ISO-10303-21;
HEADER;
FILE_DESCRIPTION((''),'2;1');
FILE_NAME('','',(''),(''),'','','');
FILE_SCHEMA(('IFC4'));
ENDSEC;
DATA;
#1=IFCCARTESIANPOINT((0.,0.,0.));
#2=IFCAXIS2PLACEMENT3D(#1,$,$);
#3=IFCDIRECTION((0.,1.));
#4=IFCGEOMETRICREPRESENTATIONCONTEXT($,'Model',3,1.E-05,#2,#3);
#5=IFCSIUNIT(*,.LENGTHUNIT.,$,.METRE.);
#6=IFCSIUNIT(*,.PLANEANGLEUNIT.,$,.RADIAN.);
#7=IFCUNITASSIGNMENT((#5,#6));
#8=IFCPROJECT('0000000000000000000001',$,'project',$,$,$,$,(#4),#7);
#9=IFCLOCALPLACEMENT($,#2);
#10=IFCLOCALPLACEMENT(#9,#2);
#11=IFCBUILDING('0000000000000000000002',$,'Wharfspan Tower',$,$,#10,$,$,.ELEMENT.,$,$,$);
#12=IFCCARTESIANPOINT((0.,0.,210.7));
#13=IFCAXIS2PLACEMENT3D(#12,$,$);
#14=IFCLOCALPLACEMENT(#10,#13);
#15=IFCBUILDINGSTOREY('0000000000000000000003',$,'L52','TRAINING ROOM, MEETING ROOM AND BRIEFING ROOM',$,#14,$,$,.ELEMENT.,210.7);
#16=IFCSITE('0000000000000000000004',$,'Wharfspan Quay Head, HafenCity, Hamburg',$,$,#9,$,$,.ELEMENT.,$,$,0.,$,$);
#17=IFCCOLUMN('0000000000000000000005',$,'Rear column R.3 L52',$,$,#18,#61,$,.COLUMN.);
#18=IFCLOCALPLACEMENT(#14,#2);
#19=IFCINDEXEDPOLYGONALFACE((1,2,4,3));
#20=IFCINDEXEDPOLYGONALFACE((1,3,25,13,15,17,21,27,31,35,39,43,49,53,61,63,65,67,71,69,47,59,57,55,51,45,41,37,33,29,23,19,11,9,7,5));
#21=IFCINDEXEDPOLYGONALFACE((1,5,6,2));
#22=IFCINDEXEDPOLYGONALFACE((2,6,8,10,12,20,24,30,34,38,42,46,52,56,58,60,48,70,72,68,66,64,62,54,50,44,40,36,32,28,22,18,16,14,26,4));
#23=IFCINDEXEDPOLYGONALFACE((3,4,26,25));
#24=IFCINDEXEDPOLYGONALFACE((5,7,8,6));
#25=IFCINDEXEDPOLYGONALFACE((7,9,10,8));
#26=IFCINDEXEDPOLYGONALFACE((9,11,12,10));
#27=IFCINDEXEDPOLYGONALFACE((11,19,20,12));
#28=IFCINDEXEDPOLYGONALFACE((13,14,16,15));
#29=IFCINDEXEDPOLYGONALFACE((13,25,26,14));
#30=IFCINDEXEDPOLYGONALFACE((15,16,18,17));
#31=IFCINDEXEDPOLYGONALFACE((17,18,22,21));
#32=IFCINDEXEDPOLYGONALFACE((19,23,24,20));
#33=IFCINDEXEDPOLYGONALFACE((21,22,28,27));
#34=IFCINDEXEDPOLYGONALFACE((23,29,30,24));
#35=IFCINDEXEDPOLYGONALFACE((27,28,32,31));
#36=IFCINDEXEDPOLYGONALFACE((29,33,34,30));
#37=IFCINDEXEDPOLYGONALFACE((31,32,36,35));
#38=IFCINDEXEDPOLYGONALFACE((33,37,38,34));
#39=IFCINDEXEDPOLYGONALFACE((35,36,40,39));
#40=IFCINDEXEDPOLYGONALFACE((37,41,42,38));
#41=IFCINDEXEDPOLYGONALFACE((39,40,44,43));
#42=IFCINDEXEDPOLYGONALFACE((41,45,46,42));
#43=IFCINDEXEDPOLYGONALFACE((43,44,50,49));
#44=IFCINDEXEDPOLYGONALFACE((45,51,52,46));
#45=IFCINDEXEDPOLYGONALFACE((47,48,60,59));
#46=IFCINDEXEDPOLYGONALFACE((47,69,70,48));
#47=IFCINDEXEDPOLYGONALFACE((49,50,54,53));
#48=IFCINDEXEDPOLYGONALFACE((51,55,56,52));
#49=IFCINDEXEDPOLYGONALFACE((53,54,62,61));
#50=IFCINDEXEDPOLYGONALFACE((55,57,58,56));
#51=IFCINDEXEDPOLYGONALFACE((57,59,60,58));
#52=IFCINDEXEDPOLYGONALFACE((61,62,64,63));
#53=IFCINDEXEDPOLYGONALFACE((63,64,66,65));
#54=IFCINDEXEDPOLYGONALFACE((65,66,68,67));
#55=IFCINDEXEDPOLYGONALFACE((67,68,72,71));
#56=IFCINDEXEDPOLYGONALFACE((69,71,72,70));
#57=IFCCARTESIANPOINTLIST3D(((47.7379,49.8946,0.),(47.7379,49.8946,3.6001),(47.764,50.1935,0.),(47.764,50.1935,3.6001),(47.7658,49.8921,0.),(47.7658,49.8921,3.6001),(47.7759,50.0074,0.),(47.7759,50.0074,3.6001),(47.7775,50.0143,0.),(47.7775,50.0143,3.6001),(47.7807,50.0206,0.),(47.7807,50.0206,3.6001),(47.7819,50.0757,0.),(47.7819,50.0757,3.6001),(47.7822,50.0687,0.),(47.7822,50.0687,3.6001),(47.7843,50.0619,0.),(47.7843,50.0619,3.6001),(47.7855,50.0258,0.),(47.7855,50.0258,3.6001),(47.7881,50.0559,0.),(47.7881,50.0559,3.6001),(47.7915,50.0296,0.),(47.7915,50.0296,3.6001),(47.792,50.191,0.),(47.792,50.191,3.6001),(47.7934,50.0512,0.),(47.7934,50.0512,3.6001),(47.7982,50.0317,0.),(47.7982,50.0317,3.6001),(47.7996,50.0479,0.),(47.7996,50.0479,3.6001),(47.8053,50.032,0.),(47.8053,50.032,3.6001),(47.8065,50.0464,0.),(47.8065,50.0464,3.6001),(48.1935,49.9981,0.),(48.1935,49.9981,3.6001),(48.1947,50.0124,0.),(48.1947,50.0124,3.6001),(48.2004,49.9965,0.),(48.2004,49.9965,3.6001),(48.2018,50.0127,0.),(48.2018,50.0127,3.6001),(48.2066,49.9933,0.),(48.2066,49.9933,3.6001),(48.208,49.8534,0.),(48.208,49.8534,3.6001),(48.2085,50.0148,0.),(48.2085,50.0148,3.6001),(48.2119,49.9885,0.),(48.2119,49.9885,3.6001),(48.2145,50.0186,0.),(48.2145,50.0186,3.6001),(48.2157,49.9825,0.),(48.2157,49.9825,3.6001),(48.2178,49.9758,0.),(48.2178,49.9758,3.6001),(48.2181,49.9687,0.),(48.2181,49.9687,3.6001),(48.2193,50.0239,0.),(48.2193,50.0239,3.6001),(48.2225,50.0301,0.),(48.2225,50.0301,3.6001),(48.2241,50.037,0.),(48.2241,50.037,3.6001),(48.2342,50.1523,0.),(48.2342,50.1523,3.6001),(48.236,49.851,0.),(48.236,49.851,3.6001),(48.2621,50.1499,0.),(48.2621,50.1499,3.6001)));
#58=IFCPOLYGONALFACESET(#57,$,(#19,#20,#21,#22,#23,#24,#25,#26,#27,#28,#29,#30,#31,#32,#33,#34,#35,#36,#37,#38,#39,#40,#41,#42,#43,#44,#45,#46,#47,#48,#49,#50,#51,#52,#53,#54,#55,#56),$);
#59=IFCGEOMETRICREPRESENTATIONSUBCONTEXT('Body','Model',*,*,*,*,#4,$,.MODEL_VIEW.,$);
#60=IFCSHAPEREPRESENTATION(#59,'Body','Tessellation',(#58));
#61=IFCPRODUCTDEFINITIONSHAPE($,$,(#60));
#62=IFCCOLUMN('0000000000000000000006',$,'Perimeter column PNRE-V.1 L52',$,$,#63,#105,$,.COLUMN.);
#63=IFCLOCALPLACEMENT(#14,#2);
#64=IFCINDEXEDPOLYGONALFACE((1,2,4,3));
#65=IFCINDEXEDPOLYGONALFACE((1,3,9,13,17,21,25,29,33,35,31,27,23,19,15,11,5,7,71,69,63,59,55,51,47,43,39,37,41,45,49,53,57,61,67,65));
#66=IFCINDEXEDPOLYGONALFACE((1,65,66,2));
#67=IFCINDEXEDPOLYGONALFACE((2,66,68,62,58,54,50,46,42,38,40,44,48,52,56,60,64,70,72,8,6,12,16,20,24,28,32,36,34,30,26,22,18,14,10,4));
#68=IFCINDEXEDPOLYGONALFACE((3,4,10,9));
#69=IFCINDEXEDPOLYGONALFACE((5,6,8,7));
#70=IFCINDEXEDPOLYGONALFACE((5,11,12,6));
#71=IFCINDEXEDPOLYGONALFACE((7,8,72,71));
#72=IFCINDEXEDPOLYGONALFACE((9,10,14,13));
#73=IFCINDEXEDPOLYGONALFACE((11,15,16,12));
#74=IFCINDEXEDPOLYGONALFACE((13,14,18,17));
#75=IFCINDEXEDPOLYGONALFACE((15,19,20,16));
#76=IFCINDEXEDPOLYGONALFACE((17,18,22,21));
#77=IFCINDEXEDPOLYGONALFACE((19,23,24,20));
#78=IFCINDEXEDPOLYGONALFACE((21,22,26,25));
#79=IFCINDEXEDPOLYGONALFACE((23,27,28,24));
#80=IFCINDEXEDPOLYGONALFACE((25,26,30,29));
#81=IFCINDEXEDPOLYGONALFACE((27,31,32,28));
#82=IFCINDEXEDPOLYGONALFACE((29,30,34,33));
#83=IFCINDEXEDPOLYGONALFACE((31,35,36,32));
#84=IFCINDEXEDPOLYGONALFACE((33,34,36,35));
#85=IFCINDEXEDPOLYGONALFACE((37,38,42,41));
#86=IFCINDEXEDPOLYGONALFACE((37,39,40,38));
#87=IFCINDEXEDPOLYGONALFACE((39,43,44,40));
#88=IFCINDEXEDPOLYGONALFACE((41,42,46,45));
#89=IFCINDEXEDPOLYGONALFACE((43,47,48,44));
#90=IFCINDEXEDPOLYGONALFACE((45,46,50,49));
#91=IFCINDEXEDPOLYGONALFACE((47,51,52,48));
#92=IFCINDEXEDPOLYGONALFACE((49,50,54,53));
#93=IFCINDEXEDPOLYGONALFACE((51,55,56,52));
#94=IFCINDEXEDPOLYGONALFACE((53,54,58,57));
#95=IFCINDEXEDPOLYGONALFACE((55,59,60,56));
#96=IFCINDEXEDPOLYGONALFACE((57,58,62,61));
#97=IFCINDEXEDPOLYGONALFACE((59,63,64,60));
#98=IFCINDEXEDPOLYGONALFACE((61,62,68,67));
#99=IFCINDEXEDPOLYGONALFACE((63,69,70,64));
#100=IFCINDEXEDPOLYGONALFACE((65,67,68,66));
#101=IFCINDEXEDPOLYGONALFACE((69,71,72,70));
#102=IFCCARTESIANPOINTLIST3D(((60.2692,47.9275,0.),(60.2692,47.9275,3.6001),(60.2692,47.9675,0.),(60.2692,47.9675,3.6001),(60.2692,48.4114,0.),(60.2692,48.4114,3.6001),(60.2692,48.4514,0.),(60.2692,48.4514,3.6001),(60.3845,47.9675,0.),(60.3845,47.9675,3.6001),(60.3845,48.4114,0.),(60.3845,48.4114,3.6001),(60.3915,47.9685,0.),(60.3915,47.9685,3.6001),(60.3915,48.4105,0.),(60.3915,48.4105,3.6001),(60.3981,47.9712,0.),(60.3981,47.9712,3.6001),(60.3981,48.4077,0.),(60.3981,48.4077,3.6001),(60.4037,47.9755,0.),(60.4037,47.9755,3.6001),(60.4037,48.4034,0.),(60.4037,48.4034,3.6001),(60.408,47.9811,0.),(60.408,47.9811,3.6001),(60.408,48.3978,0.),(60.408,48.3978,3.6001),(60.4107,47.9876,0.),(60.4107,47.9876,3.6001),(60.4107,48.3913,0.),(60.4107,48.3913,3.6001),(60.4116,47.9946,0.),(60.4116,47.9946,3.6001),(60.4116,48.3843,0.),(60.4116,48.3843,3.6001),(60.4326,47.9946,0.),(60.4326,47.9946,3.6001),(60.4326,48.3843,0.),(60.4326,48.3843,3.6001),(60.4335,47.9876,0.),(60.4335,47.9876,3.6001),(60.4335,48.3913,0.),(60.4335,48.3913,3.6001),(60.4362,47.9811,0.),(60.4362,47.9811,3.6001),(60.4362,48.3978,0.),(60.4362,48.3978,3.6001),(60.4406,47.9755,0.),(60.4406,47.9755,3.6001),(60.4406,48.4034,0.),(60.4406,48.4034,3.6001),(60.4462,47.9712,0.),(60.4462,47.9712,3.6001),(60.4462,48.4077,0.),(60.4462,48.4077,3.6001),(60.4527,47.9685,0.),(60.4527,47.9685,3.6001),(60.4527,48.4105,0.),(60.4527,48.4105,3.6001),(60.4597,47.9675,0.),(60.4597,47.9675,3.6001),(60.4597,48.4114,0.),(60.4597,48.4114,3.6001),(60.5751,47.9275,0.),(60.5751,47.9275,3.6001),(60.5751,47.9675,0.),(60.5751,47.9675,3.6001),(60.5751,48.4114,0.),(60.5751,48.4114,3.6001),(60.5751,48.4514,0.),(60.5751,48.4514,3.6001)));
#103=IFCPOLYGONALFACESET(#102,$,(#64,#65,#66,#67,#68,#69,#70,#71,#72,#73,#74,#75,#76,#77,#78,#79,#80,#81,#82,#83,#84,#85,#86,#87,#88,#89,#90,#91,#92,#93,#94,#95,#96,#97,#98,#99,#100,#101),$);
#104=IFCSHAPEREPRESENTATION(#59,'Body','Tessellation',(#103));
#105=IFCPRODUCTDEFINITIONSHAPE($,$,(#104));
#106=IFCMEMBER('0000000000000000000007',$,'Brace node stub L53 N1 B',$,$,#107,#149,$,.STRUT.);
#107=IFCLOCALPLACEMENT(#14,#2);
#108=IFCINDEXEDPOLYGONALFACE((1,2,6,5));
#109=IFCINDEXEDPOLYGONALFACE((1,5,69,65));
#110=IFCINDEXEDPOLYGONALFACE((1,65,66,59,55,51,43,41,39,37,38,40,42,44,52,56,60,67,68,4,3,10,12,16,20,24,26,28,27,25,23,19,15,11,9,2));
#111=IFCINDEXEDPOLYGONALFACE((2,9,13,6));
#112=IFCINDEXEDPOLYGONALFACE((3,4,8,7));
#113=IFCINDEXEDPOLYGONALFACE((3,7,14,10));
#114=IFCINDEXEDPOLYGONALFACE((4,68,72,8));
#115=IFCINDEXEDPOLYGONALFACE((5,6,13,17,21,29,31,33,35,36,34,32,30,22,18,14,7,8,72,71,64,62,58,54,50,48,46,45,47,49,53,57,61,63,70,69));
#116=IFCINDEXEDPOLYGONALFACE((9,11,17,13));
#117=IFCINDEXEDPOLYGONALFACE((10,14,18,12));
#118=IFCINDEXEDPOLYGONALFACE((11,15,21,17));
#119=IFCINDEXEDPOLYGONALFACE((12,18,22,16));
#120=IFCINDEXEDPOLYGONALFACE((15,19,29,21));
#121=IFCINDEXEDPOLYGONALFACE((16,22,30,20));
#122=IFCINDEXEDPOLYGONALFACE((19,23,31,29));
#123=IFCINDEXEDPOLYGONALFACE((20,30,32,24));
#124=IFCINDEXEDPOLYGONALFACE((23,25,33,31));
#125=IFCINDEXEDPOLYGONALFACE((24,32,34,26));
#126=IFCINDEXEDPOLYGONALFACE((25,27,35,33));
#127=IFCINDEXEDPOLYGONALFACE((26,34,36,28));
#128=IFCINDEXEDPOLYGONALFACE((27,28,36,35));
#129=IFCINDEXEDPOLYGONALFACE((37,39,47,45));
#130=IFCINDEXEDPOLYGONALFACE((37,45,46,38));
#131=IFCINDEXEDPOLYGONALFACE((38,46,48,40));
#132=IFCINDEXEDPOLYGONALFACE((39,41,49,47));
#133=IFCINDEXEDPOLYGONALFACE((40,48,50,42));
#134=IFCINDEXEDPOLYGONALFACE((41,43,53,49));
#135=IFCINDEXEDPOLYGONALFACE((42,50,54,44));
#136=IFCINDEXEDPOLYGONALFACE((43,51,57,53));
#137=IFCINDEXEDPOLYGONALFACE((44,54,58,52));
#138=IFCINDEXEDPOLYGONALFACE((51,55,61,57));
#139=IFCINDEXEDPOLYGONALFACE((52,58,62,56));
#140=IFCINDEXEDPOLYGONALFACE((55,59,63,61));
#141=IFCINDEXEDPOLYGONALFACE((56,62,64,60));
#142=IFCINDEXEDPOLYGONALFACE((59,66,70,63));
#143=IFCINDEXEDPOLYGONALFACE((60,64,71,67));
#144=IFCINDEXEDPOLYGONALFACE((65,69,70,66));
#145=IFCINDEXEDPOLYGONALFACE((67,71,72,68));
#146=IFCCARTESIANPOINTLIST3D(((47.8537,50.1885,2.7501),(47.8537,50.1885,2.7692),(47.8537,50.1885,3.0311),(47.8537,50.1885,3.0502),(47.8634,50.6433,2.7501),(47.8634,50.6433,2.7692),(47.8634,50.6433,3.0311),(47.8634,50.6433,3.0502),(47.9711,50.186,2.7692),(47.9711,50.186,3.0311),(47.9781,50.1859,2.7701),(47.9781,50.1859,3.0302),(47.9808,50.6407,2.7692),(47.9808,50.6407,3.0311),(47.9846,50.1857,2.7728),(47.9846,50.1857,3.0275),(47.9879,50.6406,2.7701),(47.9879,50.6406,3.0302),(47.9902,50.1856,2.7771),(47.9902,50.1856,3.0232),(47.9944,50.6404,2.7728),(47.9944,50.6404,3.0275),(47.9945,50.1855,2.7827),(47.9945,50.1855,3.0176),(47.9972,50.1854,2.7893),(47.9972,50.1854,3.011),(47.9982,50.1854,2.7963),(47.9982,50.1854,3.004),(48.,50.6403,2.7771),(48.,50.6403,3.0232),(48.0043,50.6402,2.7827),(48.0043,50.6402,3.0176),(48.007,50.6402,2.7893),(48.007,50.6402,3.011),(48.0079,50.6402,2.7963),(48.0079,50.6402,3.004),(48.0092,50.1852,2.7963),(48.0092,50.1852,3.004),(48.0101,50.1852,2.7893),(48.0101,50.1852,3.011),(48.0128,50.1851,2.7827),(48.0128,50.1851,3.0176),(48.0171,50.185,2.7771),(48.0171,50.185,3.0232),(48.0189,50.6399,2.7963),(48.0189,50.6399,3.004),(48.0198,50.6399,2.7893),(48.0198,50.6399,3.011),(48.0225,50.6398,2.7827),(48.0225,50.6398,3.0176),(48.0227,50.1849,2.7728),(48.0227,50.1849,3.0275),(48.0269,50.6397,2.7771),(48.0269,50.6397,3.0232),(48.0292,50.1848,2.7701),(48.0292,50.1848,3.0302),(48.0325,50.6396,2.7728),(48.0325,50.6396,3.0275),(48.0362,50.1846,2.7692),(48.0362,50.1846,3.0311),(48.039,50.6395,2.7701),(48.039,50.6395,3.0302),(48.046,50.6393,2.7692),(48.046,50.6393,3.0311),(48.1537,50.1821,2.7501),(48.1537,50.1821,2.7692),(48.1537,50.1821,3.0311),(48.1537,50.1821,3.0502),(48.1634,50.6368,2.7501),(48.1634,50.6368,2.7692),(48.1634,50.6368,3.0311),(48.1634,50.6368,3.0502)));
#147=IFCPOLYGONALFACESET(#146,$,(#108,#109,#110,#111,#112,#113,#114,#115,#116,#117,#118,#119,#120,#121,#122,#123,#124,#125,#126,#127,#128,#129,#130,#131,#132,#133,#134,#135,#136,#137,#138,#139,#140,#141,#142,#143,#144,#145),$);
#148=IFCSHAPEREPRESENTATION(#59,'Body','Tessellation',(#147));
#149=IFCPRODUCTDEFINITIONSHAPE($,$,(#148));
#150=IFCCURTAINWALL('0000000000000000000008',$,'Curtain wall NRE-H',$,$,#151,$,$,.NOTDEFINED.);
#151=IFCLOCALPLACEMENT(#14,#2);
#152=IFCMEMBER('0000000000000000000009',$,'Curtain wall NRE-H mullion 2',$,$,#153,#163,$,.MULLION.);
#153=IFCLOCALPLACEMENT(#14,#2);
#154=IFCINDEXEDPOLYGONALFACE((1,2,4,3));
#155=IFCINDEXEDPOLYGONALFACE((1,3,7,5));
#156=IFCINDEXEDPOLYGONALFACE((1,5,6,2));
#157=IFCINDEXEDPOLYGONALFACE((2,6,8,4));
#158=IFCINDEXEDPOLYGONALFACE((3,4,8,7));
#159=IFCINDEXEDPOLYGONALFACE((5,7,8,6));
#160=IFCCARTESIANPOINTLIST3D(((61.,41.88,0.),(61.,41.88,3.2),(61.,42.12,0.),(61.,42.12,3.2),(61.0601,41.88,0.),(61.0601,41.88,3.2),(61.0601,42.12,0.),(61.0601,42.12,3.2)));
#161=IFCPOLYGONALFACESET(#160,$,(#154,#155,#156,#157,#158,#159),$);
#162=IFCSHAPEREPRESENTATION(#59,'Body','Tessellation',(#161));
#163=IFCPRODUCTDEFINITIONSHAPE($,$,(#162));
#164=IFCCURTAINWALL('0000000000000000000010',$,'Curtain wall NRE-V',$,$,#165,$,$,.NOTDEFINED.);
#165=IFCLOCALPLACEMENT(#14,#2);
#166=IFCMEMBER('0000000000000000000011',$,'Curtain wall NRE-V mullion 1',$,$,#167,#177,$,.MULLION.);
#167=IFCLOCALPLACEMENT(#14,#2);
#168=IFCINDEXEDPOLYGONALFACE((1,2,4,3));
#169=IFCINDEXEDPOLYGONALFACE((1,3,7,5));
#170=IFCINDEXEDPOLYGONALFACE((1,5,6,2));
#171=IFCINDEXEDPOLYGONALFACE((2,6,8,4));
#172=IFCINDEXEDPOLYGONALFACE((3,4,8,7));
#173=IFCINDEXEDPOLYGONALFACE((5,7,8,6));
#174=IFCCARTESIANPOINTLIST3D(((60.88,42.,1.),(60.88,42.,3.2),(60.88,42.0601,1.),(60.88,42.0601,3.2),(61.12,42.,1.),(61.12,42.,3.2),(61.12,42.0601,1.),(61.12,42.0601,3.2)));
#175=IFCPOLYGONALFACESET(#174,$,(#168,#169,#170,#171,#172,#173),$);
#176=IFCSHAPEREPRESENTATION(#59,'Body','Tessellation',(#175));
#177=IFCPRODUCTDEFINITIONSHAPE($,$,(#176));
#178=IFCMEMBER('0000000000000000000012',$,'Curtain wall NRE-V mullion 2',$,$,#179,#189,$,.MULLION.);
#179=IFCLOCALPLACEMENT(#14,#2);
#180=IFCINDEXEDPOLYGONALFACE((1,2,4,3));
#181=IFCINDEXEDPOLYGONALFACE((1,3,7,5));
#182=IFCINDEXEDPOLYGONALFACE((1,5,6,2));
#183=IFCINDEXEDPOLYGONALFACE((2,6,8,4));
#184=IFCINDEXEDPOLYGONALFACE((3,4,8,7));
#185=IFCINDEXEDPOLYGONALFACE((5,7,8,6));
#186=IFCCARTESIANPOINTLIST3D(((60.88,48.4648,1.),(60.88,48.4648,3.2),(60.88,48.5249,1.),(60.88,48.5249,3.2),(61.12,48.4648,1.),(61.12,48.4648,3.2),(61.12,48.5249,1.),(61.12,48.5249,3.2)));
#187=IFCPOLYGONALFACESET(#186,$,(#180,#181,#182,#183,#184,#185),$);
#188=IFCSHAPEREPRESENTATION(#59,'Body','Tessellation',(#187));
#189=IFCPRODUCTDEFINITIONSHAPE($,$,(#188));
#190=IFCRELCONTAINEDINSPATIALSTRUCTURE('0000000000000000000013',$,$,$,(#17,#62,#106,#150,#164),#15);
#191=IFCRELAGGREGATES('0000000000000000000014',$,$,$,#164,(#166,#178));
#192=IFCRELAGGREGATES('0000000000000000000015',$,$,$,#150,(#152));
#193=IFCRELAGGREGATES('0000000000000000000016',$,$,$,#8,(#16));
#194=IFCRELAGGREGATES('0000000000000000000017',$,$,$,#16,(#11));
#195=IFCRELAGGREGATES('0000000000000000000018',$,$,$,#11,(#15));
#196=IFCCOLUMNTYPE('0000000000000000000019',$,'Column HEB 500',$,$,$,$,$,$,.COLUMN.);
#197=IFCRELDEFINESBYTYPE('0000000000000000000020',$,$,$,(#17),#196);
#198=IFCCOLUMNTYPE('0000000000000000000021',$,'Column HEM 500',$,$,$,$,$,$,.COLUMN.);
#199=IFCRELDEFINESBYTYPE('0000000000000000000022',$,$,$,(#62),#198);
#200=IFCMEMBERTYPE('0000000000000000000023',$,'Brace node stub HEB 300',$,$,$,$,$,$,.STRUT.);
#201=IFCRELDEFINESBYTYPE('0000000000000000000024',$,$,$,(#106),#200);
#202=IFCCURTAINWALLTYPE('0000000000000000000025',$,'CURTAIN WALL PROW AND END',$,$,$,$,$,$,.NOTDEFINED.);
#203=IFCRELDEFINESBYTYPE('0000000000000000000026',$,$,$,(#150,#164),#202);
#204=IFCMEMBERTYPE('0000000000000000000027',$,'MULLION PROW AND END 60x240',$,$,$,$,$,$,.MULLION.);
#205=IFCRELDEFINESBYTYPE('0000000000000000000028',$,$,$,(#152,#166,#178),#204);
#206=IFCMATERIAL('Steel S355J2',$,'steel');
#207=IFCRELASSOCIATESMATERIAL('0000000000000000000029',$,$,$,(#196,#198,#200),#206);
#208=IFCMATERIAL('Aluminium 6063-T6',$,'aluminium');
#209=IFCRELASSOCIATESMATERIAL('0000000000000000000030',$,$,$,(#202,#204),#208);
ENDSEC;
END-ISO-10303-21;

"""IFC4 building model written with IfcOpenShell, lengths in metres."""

from ifc_helpers import new_model, si_unit, direction, frame, origin, origin_2d, place, context, subcontext, project, spatial, rectangle, i_section, extrude, material, material_profile, profile_set, type_object, element, aggregate, save


model = new_model("IFC4")

# Units and contexts
model_context = context("Model", 3, precision=1e-05, world=origin(), true_north=direction((0.0, 1.0)))
body_context = subcontext(model_context, "Body", "Model", "MODEL_VIEW")
ifc_project = project(units=[si_unit("LENGTHUNIT", "METRE"), si_unit("PLANEANGLEUNIT", "RADIAN")], contexts=[model_context])

# Site, building, storey
site_placement = place(None, origin())
site = spatial("IfcSite", under=ifc_project, at=site_placement, Name="Wharfspan Quay Head, HafenCity, Hamburg", CompositionType="ELEMENT", RefElevation=0.0)
building_placement = place(site_placement, origin())
building = spatial("IfcBuilding", under=site, at=building_placement, Name="Wharfspan Tower", CompositionType="ELEMENT")
storey_placement = place(building_placement, frame((0.0, 0.0, 210.7)))
storey = spatial("IfcBuildingStorey", under=building, at=storey_placement, Name="L52", Description="TRAINING ROOM, MEETING ROOM AND BRIEFING ROOM", CompositionType="ELEMENT", Elevation=210.7)

# Columns
ifc_material_1 = material(Name="Steel S355J2", Category="steel")
ifc_material_profile_1 = material_profile(ifc_material_1, i_section(OverallWidth=0.3, OverallDepth=0.5, WebThickness=0.0144, FlangeThickness=0.0281, FilletRadius=0.0271, at=origin_2d()))
ifc_profile_set_1 = profile_set([ifc_material_profile_1], Name="Steel S355J2")
column_type_1 = type_object("IfcColumnType", Name="Column HEB 500", PredefinedType="COLUMN", material=ifc_profile_set_1)
column_1_placement = place(storey_placement, frame((48.0, 50.0222, 0.0), z_axis=(0.0, 0.0, 1.0), x_axis=(0.087156, 0.996197, 0.0)))
element("IfcColumn", 1, at=column_1_placement, inside=storey, type_object=column_type_1, Name="Rear column R.3 L52", PredefinedType="COLUMN", context=body_context, shape_type="SweptSolid", body=[
    extrude(i_section(OverallWidth=0.3, OverallDepth=0.5, WebThickness=0.0144, FlangeThickness=0.0281, FilletRadius=0.0271, at=origin_2d()), origin(), (0.0, 0.0, 1.0), 3.6001),
])
ifc_material_profile_2 = material_profile(ifc_material_1, i_section(OverallWidth=0.3059, OverallDepth=0.5239, WebThickness=0.021, FlangeThickness=0.04, FilletRadius=0.0271, at=origin_2d()))
ifc_profile_set_2 = profile_set([ifc_material_profile_2], Name="Steel S355J2")
column_type_2 = type_object("IfcColumnType", Name="Column HEM 500", PredefinedType="COLUMN", material=ifc_profile_set_2)
column_2_placement = place(storey_placement, frame((60.4221, 48.1895, 0.0), z_axis=(0.0, 0.0, 1.0), x_axis=(1.0, 0.0, 0.0)))
element("IfcColumn", 2, at=column_2_placement, inside=storey, type_object=column_type_2, Name="Perimeter column PNRE-V.1 L52", PredefinedType="COLUMN", context=body_context, shape_type="SweptSolid", body=[
    extrude(i_section(OverallWidth=0.3059, OverallDepth=0.5239, WebThickness=0.021, FlangeThickness=0.04, FilletRadius=0.0271, at=origin_2d()), origin(), (0.0, 0.0, 1.0), 3.6001),
])

# Member
ifc_material_profile_3 = material_profile(ifc_material_1, i_section(OverallWidth=0.3, OverallDepth=0.3, WebThickness=0.011, FlangeThickness=0.019, FilletRadius=0.0271, at=origin_2d()))
ifc_profile_set_3 = profile_set([ifc_material_profile_3], Name="Steel S355J2")
member_type_1 = type_object("IfcMemberType", Name="Brace node stub HEB 300", PredefinedType="STRUT", material=ifc_profile_set_3)
member_1_placement = place(storey_placement, frame((48.0037, 50.1853, 2.9001), z_axis=(0.021466, 0.99977, 0.0), x_axis=(-0.99977, 0.021466, 0.0)))
element("IfcMember", 3, at=member_1_placement, inside=storey, type_object=member_type_1, Name="Brace node stub L53 N1 B", PredefinedType="STRUT", context=body_context, shape_type="SweptSolid", body=[
    extrude(i_section(OverallWidth=0.3, OverallDepth=0.3, WebThickness=0.011, FlangeThickness=0.019, FilletRadius=0.0271, at=origin_2d()), origin(), (0.0, 0.0, 1.0), 0.4548),
])

# Curtain wall, member
ifc_material_2 = material(Name="Aluminium 6063-T6", Category="aluminium")
curtain_wall_type = type_object("IfcCurtainWallType", Name="CURTAIN WALL PROW AND END", PredefinedType="NOTDEFINED", material=ifc_material_2)
curtain_wall_1_placement = place(storey_placement, origin())
curtain_wall_1 = element("IfcCurtainWall", 4, at=curtain_wall_1_placement, inside=storey, type_object=curtain_wall_type, Name="Curtain wall NRE-H", PredefinedType="NOTDEFINED")
ifc_material_profile_4 = material_profile(ifc_material_2, rectangle(XDim=0.24, YDim=0.0601, at=origin_2d()))
ifc_profile_set_4 = profile_set([ifc_material_profile_4], Name="Aluminium 6063-T6")
member_type_2 = type_object("IfcMemberType", Name="MULLION PROW AND END 60x240", PredefinedType="MULLION", material=ifc_profile_set_4)
member_2_placement = place(storey_placement, frame((61.03, 42.0, 0.0), z_axis=(0.0, 0.0, 1.0), x_axis=(0.0, -1.0, 0.0)))
member_2 = element("IfcMember", 5, at=member_2_placement, type_object=member_type_2, Name="Curtain wall NRE-H mullion 2", PredefinedType="MULLION", context=body_context, shape_type="SweptSolid", body=[
    extrude(rectangle(XDim=0.24, YDim=0.0601, at=origin_2d()), origin(), (0.0, 0.0, 1.0), 3.2),
])

# Curtain wall, members
curtain_wall_2_placement = place(storey_placement, origin())
curtain_wall_2 = element("IfcCurtainWall", 6, at=curtain_wall_2_placement, inside=storey, type_object=curtain_wall_type, Name="Curtain wall NRE-V", PredefinedType="NOTDEFINED")
member_3_placement = place(storey_placement, frame((61.0, 42.03, 1.0), z_axis=(0.0, 0.0, 1.0), x_axis=(-1.0, 0.0, 0.0)))
member_3 = element("IfcMember", 7, at=member_3_placement, type_object=member_type_2, Name="Curtain wall NRE-V mullion 1", PredefinedType="MULLION", context=body_context, shape_type="SweptSolid", body=[
    extrude(rectangle(XDim=0.24, YDim=0.0601, at=origin_2d()), origin(), (0.0, 0.0, 1.0), 2.2),
])
member_4_placement = place(storey_placement, frame((61.0, 48.4949, 1.0), z_axis=(0.0, 0.0, 1.0), x_axis=(-1.0, 0.0, 0.0)))
member_4 = element("IfcMember", 8, at=member_4_placement, type_object=member_type_2, Name="Curtain wall NRE-V mullion 2", PredefinedType="MULLION", context=body_context, shape_type="SweptSolid", body=[
    extrude(rectangle(XDim=0.24, YDim=0.0601, at=origin_2d()), origin(), (0.0, 0.0, 1.0), 2.2),
])

aggregate(curtain_wall_2, [member_3, member_4])
aggregate(curtain_wall_1, [member_2])

save(model, "model.ifc")
